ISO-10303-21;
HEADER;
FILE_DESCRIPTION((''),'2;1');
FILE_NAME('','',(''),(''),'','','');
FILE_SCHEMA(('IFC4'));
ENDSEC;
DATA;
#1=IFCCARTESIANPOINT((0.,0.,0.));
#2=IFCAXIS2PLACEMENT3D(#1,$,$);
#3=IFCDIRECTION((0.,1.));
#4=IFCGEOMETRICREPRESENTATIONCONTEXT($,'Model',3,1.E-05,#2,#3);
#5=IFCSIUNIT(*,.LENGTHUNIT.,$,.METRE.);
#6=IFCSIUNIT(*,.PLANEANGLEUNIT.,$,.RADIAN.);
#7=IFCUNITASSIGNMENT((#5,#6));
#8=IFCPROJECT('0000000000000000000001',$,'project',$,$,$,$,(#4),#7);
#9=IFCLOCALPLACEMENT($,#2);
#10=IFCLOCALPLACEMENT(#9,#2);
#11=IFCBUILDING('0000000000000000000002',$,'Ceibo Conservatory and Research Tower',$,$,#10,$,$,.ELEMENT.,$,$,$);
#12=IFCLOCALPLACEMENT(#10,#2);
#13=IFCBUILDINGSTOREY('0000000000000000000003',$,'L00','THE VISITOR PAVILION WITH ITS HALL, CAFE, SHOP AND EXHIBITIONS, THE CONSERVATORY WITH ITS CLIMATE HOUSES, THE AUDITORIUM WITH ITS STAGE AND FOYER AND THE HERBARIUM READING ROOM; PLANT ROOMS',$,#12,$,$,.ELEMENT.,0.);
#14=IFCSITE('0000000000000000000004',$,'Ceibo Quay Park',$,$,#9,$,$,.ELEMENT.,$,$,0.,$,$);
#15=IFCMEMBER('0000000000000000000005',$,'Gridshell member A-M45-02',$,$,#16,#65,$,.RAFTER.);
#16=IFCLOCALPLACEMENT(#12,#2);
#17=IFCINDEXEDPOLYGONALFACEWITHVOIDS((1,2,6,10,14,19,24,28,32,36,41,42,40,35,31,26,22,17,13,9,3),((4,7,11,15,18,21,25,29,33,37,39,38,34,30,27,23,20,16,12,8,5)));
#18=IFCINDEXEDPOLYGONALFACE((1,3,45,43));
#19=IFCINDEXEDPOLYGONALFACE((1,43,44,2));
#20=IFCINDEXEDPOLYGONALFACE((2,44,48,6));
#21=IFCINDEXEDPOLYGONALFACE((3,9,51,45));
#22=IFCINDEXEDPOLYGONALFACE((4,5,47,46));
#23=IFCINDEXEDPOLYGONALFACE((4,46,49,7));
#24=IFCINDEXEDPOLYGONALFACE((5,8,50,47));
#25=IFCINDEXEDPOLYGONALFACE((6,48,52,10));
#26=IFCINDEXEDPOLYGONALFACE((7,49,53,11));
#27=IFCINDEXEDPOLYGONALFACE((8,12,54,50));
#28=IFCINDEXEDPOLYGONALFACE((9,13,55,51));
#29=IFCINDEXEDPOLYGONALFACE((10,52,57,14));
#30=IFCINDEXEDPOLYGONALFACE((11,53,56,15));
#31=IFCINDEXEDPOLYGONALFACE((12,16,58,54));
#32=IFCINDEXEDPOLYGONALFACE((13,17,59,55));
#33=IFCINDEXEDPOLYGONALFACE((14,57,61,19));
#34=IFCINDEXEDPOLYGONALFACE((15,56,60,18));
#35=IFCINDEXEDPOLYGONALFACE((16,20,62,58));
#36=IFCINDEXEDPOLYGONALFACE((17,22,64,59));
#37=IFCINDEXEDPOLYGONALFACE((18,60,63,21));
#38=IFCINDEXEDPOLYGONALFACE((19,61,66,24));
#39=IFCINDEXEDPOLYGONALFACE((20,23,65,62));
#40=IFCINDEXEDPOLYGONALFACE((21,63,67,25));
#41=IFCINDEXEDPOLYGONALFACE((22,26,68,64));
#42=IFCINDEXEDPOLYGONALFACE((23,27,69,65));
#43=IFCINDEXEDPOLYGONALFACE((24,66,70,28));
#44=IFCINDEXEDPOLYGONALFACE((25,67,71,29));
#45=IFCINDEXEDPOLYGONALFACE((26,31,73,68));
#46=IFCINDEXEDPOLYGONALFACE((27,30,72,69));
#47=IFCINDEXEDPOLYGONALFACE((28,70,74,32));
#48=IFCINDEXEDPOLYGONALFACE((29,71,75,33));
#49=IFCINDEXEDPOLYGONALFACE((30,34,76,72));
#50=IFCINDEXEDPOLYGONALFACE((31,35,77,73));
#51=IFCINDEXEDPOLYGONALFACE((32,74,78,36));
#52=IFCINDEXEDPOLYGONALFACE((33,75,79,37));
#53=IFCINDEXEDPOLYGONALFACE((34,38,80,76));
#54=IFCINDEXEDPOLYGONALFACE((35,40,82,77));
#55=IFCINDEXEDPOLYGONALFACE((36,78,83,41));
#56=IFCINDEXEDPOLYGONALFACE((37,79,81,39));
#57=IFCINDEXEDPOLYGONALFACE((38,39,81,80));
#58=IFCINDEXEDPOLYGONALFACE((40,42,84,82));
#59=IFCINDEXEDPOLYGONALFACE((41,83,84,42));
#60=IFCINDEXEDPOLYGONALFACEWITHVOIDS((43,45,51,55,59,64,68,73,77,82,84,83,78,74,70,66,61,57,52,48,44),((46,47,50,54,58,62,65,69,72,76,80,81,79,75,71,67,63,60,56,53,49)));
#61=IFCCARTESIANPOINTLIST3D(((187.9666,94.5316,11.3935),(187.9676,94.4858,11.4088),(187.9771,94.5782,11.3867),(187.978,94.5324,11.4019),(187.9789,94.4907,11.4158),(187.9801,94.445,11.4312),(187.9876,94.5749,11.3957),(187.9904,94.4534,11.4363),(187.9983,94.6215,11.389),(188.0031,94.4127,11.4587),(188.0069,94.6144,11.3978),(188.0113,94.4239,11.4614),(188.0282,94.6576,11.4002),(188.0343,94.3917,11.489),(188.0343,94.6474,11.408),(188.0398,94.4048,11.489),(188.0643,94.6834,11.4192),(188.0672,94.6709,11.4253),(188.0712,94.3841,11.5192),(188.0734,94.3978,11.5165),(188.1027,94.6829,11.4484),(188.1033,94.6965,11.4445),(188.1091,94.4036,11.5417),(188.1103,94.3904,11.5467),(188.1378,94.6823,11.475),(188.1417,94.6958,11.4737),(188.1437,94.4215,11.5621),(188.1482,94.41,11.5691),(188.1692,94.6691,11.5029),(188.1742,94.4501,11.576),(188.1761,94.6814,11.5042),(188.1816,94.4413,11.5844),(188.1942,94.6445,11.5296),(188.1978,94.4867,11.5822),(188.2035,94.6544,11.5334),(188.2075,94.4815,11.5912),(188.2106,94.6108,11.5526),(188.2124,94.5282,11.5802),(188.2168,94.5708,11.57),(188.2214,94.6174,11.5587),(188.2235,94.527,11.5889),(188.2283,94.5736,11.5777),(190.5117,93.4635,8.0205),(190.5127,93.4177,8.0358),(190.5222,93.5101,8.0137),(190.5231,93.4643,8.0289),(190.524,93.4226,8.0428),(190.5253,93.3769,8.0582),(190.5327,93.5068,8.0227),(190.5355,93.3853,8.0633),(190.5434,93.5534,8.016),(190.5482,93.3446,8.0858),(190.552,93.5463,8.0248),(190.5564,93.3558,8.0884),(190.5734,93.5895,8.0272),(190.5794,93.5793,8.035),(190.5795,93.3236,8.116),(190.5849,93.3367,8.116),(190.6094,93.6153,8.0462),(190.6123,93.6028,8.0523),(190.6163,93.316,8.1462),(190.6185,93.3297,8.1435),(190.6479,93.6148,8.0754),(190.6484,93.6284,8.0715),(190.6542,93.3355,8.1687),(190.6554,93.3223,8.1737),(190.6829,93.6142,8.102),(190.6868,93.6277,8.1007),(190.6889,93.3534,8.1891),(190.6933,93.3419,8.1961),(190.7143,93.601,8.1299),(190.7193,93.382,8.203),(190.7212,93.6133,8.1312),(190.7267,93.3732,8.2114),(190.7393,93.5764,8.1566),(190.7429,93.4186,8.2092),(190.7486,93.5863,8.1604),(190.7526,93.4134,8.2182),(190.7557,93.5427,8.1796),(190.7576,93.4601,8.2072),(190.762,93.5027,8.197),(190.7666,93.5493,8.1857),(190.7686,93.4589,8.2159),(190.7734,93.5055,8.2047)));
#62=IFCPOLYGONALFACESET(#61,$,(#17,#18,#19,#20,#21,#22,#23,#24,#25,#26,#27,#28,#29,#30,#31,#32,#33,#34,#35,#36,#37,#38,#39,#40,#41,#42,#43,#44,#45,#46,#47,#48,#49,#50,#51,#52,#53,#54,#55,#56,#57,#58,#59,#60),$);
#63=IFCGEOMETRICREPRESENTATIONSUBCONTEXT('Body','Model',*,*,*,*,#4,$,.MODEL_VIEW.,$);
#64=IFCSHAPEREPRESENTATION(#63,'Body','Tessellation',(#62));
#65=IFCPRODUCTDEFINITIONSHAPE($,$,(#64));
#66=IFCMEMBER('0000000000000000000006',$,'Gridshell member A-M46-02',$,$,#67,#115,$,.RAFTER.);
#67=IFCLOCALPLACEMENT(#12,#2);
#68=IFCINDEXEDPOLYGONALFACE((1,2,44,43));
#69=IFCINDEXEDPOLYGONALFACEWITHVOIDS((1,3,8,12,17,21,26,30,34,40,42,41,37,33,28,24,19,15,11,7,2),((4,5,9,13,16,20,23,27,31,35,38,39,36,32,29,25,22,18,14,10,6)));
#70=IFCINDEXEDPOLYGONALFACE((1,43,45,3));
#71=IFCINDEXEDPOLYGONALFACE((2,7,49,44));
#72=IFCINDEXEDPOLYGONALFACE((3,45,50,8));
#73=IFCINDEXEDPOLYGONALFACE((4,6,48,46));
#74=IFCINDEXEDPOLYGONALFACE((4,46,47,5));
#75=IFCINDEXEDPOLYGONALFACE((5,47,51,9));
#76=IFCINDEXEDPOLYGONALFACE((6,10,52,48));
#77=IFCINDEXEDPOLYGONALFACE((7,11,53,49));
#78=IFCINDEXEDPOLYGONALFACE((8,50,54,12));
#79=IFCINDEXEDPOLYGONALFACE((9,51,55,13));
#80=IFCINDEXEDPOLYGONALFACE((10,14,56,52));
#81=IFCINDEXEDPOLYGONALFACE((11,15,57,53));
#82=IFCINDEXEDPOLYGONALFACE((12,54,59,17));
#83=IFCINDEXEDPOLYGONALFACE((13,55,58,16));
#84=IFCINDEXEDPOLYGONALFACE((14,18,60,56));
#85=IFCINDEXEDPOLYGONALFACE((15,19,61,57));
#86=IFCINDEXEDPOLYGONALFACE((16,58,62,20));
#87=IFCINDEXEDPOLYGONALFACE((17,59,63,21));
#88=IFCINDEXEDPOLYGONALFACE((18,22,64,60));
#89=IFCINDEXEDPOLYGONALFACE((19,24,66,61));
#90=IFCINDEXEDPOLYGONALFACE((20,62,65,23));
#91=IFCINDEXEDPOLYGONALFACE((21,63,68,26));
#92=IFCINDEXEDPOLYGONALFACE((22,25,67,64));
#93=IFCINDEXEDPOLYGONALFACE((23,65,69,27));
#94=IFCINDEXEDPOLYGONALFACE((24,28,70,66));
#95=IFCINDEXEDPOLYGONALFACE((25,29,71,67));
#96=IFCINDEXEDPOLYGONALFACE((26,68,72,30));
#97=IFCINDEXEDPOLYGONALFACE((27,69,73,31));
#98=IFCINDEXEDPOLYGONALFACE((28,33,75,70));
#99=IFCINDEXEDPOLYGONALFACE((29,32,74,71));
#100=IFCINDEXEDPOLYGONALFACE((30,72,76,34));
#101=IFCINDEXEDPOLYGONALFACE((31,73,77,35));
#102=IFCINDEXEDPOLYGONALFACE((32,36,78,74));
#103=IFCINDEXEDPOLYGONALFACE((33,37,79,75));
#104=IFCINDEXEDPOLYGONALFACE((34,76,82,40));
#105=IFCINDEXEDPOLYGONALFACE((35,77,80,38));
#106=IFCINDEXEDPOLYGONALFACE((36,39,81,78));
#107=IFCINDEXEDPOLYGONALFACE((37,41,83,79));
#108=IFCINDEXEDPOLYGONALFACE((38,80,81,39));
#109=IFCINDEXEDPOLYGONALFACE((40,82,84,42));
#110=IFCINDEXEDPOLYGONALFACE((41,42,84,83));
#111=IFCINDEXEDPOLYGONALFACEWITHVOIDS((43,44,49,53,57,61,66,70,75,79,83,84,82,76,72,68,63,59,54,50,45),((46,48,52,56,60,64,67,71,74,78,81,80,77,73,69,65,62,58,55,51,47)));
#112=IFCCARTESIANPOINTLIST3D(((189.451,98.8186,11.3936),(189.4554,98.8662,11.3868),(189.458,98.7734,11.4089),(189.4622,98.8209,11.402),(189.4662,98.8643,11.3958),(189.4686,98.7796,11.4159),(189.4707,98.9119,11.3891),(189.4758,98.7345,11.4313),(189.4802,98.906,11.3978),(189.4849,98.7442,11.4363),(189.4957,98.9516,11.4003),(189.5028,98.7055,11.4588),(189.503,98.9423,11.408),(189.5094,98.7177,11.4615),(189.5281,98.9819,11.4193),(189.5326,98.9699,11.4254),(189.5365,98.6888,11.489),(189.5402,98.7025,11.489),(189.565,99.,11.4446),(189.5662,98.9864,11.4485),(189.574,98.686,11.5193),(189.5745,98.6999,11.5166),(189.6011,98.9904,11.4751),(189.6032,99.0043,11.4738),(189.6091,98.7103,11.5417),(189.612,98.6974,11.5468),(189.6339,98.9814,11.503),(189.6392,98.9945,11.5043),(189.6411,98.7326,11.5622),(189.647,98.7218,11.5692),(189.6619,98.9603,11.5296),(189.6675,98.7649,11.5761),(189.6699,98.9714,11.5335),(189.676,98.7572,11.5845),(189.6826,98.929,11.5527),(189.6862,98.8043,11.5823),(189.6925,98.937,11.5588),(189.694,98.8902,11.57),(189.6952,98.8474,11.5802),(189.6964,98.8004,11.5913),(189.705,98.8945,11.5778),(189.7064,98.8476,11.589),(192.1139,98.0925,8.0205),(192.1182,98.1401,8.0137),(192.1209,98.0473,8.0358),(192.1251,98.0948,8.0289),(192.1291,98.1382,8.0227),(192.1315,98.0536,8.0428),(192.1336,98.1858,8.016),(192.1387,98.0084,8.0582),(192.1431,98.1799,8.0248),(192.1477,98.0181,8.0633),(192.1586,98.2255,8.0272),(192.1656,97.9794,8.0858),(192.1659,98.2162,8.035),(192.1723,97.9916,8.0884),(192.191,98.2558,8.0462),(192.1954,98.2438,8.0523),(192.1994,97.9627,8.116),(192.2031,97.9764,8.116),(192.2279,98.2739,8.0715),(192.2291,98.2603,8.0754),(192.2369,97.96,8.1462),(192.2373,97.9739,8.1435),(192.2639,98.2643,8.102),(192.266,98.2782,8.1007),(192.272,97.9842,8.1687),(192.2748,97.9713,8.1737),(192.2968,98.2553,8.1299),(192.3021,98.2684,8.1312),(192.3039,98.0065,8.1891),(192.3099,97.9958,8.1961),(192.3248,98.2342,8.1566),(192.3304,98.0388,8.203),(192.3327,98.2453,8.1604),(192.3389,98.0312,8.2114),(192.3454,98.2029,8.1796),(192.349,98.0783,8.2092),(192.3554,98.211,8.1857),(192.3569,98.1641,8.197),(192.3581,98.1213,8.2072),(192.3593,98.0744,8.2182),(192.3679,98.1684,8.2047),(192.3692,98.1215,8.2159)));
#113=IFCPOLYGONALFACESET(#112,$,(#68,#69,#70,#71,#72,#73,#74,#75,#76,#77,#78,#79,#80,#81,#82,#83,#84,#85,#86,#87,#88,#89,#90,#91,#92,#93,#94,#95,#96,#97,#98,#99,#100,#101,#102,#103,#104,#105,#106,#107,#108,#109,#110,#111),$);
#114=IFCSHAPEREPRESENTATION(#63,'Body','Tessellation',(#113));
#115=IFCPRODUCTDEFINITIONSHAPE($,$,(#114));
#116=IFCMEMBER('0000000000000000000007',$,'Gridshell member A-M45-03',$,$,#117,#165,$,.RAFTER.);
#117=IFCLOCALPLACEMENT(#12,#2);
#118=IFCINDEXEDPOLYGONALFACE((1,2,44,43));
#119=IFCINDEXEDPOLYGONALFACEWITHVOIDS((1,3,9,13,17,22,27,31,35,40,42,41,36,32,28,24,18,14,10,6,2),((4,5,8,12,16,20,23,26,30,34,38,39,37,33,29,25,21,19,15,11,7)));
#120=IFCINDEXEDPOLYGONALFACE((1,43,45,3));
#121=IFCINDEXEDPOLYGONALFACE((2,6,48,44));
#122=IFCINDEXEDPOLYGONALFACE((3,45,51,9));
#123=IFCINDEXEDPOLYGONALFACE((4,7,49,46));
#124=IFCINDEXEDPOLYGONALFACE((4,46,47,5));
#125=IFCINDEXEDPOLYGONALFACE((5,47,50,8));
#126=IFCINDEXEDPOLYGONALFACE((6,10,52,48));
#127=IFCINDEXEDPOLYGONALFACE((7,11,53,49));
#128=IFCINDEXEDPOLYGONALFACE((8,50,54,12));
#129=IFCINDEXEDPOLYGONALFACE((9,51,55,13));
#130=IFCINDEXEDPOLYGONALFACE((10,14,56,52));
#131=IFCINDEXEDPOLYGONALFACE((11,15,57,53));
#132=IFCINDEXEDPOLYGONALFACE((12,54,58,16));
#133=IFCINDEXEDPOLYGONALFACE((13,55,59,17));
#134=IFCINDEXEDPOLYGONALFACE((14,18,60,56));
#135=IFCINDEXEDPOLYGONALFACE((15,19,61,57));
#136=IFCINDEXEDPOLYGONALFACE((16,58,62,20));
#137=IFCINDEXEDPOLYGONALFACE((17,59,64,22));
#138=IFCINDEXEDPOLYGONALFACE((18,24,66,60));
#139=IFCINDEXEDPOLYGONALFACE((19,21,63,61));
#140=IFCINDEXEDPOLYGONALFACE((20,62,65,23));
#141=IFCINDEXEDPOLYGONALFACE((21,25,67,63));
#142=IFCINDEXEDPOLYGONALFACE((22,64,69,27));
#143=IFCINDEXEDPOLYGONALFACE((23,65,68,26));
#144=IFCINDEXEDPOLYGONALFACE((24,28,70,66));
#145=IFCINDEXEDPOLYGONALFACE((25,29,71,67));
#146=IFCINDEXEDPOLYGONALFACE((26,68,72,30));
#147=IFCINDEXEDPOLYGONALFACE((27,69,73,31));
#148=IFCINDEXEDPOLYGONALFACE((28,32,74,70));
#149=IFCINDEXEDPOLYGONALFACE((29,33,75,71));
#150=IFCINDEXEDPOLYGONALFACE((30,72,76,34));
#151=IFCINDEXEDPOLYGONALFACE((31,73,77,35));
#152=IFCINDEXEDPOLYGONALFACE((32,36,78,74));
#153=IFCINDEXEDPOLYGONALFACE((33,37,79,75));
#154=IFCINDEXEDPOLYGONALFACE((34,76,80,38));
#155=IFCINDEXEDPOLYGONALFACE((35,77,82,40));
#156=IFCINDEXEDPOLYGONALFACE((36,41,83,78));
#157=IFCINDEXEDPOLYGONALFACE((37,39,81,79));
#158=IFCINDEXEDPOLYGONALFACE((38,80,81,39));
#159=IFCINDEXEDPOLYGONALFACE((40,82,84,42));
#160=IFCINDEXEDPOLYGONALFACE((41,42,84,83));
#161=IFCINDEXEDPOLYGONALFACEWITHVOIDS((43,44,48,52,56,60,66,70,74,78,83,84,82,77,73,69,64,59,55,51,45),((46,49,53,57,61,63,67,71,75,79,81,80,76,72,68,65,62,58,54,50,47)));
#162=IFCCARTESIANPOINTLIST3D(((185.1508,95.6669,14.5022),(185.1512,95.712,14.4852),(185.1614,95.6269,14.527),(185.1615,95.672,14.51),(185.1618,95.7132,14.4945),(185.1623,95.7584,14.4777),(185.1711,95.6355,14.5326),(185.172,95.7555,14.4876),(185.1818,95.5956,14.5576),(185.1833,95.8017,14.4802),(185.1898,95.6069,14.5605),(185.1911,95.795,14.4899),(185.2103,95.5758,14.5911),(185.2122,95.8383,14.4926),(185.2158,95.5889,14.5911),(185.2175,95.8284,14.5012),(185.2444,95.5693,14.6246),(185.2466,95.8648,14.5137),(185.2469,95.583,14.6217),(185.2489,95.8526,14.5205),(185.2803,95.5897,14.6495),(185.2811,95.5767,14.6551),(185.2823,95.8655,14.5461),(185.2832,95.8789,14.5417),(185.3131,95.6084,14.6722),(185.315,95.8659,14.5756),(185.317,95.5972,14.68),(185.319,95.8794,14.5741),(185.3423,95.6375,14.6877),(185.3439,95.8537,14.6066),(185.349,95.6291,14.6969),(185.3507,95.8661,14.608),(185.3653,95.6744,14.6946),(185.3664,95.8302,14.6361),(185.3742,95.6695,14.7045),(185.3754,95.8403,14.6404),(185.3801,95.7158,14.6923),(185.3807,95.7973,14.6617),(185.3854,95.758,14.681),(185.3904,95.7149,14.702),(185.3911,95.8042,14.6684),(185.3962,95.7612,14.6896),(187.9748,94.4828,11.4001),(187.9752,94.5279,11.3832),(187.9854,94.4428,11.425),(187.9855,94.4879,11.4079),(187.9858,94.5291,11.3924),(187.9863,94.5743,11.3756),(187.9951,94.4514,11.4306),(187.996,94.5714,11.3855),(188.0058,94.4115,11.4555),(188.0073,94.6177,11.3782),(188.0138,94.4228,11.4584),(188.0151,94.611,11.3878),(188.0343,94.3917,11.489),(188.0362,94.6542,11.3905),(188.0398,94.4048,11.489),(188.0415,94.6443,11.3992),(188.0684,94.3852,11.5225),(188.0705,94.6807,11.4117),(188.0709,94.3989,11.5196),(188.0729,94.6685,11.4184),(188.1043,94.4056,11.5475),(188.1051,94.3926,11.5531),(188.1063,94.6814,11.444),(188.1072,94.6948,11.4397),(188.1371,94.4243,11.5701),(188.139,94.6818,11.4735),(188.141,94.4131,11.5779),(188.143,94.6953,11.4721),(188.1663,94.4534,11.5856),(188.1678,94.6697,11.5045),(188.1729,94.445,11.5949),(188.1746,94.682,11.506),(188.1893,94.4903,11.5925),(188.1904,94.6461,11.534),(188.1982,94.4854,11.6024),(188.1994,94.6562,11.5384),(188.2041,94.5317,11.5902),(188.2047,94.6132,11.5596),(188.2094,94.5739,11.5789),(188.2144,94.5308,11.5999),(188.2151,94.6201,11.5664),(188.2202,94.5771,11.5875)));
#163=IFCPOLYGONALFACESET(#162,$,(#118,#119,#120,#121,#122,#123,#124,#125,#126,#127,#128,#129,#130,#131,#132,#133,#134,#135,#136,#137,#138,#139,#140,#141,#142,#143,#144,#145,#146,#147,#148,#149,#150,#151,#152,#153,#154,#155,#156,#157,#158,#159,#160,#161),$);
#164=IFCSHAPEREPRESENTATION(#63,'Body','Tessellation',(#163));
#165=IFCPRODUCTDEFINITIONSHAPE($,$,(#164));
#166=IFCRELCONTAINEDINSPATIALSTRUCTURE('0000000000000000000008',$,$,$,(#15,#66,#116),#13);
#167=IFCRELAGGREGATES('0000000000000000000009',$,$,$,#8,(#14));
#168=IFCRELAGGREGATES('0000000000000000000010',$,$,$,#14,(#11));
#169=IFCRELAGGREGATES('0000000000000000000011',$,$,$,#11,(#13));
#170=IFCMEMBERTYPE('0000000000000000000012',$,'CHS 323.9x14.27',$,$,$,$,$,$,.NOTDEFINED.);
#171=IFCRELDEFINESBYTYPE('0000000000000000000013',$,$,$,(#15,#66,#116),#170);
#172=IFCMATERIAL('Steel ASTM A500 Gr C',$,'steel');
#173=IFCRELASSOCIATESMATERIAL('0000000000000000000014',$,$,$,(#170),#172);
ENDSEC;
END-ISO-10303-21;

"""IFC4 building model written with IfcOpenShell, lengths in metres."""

from ifc_helpers import new_model, si_unit, direction, frame, origin, origin_2d, place, context, subcontext, project, spatial, hollow_circle, extrude, material, material_profile, profile_set, type_object, element, save


model = new_model("IFC4")

# Units and contexts
model_context = context("Model", 3, precision=1e-05, world=origin(), true_north=direction((0.0, 1.0)))
body_context = subcontext(model_context, "Body", "Model", "MODEL_VIEW")
ifc_project = project(units=[si_unit("LENGTHUNIT", "METRE"), si_unit("PLANEANGLEUNIT", "RADIAN")], contexts=[model_context])

# Site, building, storey
site_placement = place(None, origin())
site = spatial("IfcSite", under=ifc_project, at=site_placement, Name="Ceibo Quay Park", CompositionType="ELEMENT", RefElevation=0.0)
building_placement = place(site_placement, origin())
building = spatial("IfcBuilding", under=site, at=building_placement, Name="Ceibo Conservatory and Research Tower", CompositionType="ELEMENT")
storey_placement = place(building_placement, origin())
storey = spatial("IfcBuildingStorey", under=building, at=storey_placement, Name="L00", Description="THE VISITOR PAVILION WITH ITS HALL, CAFE, SHOP AND EXHIBITIONS, THE CONSERVATORY WITH ITS CLIMATE HOUSES, THE AUDITORIUM WITH ITS STAGE AND FOYER AND THE HERBARIUM READING ROOM; PLANT ROOMS", CompositionType="ELEMENT", Elevation=0.0)

# Members
ifc_material_1 = material(Name="Steel ASTM A500 Gr C", Category="steel")
ifc_material_profile_1 = material_profile(ifc_material_1, hollow_circle(Radius=0.1619, WallThickness=0.0142, at=origin_2d()), Name="CHS 323.9x14.27")
ifc_profile_set_1 = profile_set([ifc_material_profile_1], Name="Steel ASTM A500 Gr C")
member_type_1 = type_object("IfcMemberType", Name="CHS 323.9x14.27", PredefinedType="NOTDEFINED", material=ifc_profile_set_1)
for number, where, z_axis, x_axis, name in (
    (1, (190.6421, 93.4729, 8.116), (-0.58396, 0.245067, 0.773908), (-0.386969, -0.922093, 0.0), "Gridshell member A-M45-02"),
    (2, (192.2419, 98.1189, 8.116), (-0.610972, 0.166593, 0.773925), (-0.263065, -0.964778, 0.0), "Gridshell member A-M46-02"),
):
    element("IfcMember", number, at=place(storey_placement, frame(where, z_axis=z_axis, x_axis=x_axis)), inside=storey, type_object=member_type_1, Name=name, PredefinedType="RAFTER", context=body_context, shape_type="SweptSolid", body=[
        extrude(hollow_circle(Radius=0.1619, WallThickness=0.0142, at=origin_2d()), origin(), (0.0, 0.0, 1.0), 4.3584),
    ])
for number, where, z_axis, x_axis, name in (
    (3, (188.0969, 94.541, 11.489), (-0.647871, 0.27165, 0.711667), (-0.386681, -0.922214, 0.0), "Gridshell member A-M45-03"),
):
    element("IfcMember", number, at=place(storey_placement, frame(where, z_axis=z_axis, x_axis=x_axis)), inside=storey, type_object=member_type_1, Name=name, PredefinedType="RAFTER", context=body_context, shape_type="SweptSolid", body=[
        extrude(hollow_circle(Radius=0.1619, WallThickness=0.0142, at=origin_2d()), origin(), (0.0, 0.0, 1.0), 4.3589),
    ])

save(model, "model.ifc")
